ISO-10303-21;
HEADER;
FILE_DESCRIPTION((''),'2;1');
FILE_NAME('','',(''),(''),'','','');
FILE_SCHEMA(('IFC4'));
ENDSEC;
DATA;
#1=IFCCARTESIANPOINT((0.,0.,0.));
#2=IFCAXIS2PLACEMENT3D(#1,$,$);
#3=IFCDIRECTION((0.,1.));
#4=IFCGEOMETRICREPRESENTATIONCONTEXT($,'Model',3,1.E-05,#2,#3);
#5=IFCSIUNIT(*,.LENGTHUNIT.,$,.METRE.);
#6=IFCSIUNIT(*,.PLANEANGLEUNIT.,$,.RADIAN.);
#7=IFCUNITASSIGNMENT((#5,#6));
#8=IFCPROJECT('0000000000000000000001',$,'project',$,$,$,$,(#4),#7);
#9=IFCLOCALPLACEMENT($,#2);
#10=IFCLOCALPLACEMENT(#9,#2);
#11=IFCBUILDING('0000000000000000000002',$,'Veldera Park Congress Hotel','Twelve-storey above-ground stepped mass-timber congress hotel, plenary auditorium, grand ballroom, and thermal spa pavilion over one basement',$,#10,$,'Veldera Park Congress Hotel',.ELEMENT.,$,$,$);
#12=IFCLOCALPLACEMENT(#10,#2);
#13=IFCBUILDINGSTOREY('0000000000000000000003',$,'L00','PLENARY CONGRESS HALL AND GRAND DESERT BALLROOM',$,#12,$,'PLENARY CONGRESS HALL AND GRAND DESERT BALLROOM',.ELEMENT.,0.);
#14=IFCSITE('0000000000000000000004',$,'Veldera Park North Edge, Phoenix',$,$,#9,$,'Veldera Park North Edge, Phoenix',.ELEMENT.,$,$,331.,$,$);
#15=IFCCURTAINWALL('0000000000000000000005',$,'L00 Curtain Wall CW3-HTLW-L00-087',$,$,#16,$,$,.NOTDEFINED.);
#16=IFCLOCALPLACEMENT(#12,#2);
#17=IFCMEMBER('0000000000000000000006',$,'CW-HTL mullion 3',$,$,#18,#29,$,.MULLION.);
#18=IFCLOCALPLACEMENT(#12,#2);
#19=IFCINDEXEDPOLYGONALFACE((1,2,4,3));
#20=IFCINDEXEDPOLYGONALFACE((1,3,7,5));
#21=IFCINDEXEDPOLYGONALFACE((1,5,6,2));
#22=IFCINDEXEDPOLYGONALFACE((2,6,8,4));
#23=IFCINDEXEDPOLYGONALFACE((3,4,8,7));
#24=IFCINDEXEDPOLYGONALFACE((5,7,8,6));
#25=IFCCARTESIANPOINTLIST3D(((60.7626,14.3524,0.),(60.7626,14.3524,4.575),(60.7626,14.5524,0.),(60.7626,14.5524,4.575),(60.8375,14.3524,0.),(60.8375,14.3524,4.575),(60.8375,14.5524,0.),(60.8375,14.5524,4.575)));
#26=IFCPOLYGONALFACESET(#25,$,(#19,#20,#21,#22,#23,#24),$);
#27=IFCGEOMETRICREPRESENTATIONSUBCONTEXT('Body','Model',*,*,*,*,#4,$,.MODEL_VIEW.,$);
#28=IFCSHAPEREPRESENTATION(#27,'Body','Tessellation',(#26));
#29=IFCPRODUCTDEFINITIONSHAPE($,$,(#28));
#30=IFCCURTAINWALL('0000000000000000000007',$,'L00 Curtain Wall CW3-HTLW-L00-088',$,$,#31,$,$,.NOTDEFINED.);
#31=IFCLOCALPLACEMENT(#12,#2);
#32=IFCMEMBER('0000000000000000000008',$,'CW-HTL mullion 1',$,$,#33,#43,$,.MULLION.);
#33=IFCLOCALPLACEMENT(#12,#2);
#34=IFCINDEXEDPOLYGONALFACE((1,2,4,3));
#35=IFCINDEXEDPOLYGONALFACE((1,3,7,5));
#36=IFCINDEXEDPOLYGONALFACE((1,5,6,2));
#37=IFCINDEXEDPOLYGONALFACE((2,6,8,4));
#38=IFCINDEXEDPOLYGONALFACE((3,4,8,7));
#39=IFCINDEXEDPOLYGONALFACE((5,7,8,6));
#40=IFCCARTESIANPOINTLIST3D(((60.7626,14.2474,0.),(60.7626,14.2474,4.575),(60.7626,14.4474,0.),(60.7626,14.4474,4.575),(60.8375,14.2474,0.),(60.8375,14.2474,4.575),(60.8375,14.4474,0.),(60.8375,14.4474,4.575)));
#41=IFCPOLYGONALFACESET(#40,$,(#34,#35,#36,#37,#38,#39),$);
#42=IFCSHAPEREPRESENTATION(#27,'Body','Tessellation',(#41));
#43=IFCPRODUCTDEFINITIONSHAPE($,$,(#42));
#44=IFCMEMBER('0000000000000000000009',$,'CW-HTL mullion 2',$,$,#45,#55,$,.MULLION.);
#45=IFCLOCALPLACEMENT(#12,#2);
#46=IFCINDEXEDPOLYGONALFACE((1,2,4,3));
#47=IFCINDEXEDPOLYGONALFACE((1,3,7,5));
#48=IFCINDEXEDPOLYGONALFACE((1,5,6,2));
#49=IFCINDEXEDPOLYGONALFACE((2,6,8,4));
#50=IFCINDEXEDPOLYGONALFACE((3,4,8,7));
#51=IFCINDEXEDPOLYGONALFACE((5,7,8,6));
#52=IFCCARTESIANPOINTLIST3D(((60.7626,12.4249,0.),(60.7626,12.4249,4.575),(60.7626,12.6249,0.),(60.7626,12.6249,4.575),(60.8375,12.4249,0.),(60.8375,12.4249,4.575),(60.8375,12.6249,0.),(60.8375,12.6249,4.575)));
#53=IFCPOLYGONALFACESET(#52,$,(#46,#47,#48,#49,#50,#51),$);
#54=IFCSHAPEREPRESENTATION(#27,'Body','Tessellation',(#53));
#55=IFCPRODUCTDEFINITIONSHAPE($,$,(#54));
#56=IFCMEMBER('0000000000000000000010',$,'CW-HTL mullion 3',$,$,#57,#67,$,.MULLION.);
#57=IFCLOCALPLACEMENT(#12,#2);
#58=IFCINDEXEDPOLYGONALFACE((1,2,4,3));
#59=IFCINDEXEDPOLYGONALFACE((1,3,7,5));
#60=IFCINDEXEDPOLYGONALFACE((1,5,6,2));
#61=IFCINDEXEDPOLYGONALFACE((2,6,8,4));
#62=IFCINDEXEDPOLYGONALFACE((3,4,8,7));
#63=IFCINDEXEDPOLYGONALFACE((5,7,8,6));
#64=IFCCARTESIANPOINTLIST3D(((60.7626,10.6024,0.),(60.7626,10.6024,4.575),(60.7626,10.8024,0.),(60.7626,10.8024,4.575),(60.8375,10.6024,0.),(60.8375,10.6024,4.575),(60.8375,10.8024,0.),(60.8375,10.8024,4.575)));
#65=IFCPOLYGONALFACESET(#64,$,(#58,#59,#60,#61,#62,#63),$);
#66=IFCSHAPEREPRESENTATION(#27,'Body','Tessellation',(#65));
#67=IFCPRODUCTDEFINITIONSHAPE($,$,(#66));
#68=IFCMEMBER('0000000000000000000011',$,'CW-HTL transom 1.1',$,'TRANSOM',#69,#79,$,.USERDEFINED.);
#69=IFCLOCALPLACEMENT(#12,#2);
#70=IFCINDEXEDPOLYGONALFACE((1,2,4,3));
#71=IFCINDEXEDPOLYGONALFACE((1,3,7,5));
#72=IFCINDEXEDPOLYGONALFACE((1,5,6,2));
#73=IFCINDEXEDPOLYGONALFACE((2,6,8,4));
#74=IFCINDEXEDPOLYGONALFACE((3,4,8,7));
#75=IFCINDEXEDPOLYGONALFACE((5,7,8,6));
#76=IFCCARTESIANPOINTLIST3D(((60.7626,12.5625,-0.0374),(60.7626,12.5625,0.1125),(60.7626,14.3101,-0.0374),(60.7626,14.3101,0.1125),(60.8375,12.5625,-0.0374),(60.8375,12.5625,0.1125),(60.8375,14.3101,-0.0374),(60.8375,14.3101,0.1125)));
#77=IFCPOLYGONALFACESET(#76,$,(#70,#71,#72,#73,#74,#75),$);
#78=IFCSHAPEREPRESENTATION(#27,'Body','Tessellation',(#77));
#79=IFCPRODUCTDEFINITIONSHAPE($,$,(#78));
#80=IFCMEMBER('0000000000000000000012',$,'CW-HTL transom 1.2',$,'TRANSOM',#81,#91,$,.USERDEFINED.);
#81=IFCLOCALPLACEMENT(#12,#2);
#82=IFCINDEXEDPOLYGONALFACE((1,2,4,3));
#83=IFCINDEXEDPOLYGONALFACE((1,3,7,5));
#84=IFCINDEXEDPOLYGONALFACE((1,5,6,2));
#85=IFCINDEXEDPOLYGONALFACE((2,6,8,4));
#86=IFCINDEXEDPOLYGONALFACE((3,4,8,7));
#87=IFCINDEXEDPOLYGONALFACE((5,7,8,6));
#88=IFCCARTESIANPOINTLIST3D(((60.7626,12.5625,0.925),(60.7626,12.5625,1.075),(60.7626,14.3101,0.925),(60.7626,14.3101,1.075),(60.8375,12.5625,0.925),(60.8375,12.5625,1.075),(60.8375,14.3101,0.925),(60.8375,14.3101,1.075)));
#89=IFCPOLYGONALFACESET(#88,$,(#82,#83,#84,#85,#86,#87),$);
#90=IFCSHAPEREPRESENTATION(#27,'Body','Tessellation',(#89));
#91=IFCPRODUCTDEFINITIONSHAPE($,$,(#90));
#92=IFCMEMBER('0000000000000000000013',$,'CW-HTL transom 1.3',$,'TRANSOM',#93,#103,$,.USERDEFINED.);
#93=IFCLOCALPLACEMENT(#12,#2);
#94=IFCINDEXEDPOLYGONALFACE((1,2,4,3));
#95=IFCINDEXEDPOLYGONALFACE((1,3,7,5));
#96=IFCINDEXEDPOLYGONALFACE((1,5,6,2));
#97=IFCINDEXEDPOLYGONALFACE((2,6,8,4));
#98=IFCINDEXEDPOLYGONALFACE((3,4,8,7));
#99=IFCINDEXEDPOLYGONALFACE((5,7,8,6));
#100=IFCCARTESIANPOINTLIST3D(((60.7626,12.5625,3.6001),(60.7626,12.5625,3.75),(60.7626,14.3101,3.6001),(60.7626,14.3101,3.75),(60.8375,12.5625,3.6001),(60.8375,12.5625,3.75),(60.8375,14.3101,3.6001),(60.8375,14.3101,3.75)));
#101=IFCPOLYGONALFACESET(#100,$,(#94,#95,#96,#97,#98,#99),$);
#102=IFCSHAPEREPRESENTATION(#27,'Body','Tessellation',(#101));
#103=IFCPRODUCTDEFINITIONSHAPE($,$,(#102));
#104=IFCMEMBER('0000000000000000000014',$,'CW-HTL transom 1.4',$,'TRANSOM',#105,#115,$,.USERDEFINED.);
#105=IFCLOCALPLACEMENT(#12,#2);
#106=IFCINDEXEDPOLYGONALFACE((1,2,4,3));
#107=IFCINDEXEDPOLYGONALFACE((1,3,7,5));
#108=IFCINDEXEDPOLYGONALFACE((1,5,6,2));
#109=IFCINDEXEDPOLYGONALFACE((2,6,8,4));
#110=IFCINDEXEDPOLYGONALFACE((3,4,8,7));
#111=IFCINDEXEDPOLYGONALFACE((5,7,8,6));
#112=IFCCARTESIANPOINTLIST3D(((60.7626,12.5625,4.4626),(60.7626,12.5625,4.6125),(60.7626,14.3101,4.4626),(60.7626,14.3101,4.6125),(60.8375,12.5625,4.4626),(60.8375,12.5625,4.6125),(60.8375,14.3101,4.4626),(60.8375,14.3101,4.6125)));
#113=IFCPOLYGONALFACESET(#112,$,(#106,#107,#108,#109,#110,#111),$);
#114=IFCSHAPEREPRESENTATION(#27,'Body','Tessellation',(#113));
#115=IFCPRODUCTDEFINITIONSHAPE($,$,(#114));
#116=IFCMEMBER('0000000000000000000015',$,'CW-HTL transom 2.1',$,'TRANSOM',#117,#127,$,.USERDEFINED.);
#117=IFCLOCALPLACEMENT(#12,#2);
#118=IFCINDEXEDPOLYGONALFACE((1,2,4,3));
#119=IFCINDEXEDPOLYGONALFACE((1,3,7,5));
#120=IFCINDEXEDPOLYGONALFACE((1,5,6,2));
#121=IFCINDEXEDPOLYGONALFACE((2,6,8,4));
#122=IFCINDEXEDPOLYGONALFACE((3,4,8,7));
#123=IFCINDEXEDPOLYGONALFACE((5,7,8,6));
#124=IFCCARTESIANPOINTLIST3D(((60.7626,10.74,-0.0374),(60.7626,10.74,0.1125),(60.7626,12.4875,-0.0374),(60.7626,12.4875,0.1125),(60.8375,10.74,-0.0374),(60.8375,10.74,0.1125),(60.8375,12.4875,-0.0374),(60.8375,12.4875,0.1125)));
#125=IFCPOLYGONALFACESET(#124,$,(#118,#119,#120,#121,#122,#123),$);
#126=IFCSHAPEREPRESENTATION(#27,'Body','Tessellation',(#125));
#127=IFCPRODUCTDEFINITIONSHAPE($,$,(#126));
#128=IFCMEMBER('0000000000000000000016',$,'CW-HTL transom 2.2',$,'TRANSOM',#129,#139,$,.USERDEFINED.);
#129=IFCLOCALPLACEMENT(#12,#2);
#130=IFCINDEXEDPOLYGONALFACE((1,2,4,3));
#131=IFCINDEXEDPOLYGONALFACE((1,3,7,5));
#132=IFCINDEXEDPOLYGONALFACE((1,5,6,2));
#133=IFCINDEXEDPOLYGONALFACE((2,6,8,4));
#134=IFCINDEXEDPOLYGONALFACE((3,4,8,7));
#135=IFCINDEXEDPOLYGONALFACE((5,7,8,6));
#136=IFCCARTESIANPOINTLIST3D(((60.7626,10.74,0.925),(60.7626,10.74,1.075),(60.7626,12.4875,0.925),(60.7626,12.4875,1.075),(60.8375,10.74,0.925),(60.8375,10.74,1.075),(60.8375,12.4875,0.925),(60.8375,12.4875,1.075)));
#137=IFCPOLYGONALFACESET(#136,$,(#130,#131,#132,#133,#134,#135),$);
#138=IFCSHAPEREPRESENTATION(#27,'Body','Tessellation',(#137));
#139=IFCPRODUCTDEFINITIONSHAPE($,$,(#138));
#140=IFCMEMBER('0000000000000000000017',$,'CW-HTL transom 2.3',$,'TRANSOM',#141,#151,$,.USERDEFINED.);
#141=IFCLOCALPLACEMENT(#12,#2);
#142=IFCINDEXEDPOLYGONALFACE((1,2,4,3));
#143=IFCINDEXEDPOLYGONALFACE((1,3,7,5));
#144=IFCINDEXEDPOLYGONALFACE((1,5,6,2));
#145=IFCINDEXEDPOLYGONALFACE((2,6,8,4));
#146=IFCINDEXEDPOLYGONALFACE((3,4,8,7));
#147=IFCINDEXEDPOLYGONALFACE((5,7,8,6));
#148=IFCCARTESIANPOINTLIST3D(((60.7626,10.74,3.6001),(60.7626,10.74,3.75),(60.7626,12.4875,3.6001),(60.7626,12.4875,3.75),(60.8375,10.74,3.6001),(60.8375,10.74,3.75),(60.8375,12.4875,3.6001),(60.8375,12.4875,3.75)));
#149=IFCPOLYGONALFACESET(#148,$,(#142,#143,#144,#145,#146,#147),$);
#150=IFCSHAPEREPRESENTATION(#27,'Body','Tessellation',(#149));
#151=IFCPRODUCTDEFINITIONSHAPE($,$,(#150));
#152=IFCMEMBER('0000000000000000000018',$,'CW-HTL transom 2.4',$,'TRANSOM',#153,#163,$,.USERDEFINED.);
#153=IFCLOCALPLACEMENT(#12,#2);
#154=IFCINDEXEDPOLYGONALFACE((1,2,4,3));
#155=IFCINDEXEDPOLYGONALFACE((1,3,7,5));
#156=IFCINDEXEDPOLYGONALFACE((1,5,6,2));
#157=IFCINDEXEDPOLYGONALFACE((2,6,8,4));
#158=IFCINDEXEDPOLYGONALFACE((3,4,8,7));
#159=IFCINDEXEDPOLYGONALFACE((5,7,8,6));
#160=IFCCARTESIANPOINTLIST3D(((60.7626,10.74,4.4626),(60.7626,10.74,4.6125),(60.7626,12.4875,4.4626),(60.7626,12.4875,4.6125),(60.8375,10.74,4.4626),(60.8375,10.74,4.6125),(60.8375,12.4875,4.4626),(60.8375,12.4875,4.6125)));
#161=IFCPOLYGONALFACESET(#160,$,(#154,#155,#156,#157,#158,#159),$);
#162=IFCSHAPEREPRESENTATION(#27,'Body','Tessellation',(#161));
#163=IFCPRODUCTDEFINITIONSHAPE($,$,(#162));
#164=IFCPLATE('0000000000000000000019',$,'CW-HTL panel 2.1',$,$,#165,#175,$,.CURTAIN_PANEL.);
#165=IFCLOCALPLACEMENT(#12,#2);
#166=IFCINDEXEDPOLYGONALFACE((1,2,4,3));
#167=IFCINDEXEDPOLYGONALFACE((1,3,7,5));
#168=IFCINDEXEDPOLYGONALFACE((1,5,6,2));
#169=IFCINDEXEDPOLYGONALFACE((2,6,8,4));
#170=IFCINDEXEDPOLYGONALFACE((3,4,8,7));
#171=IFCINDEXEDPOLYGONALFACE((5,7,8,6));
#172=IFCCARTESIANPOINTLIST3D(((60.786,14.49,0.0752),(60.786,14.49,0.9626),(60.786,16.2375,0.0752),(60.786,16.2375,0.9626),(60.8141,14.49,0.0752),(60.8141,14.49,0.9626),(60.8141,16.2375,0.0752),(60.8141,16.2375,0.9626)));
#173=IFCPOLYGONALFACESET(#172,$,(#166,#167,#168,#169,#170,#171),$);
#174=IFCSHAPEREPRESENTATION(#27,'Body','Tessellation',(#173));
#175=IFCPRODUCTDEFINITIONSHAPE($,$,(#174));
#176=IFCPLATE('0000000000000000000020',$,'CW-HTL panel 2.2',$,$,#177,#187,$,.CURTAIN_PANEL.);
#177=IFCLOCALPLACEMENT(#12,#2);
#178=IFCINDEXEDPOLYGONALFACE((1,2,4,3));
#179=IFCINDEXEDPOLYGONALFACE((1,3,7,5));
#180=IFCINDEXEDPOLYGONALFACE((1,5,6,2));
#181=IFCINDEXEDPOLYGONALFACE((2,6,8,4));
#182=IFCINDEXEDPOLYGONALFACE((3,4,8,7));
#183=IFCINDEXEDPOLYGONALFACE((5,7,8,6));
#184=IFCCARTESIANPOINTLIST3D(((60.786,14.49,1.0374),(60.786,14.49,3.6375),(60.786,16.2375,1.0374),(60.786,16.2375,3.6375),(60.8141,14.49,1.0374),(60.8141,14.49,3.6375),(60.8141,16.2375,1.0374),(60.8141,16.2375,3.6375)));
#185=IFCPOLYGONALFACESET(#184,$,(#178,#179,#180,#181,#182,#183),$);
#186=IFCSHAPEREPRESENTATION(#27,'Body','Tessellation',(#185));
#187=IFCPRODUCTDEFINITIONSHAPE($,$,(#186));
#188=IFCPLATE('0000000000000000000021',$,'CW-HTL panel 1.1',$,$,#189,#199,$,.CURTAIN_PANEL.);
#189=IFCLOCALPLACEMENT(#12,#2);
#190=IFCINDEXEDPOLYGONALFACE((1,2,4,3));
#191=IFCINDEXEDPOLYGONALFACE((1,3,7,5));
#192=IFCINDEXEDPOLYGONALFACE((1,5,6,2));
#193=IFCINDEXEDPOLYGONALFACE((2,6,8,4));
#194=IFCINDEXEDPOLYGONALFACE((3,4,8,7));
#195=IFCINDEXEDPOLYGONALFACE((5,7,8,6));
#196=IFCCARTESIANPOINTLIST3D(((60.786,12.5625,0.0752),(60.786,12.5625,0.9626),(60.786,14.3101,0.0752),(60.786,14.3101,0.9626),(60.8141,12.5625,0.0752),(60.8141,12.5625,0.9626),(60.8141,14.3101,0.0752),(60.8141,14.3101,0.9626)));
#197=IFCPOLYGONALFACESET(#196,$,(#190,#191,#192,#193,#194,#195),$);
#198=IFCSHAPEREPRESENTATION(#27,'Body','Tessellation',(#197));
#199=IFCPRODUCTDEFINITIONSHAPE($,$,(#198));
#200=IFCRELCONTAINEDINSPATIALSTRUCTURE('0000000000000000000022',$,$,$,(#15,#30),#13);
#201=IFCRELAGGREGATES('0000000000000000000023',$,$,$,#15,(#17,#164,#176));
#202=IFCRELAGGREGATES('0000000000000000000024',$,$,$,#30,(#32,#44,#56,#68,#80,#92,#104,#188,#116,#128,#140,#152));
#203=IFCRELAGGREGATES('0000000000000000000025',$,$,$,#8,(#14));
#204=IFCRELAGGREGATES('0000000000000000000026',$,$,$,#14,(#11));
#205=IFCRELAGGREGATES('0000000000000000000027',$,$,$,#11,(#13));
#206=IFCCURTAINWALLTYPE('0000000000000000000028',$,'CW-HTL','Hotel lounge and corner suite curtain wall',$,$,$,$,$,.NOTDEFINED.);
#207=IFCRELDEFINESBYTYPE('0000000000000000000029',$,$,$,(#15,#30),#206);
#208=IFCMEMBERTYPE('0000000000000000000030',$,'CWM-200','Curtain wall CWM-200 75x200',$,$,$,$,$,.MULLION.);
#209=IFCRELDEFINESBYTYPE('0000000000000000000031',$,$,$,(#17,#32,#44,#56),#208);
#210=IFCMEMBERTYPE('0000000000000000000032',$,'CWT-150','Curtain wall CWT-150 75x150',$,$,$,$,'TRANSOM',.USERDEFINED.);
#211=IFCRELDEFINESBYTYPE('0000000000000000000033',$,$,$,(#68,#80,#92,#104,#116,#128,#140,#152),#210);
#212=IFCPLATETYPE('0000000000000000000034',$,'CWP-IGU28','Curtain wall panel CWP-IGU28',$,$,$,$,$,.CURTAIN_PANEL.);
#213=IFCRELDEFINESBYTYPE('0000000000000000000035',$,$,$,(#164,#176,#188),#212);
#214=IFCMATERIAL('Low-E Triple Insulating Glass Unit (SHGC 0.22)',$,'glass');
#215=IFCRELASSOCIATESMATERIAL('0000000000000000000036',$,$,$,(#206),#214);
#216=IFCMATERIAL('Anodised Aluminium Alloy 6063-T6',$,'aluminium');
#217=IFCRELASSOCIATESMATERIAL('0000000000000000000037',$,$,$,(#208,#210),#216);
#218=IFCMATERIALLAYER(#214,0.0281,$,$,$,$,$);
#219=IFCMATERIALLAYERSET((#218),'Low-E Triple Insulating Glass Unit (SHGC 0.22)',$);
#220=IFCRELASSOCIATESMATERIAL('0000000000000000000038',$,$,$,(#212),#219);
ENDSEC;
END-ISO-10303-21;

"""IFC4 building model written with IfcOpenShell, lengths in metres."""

from ifc_helpers import new_model, si_unit, direction, frame, origin, origin_2d, place, context, subcontext, project, spatial, rectangle, extrude, material, layer, layer_set, material_profile, profile_set, type_object, element, aggregate, save


model = new_model("IFC4")

# Units and contexts
model_context = context("Model", 3, precision=1e-05, world=origin(), true_north=direction((0.0, 1.0)))
body_context = subcontext(model_context, "Body", "Model", "MODEL_VIEW")
ifc_project = project(units=[si_unit("LENGTHUNIT", "METRE"), si_unit("PLANEANGLEUNIT", "RADIAN")], contexts=[model_context])

# Site, building, storey
site_placement = place(None, origin())
site = spatial("IfcSite", under=ifc_project, at=site_placement, Name="Veldera Park North Edge, Phoenix", LongName="Veldera Park North Edge, Phoenix", CompositionType="ELEMENT", RefElevation=331.0)
building_placement = place(site_placement, origin())
building = spatial("IfcBuilding", under=site, at=building_placement, Name="Veldera Park Congress Hotel", Description="Twelve-storey above-ground stepped mass-timber congress hotel, plenary auditorium, grand ballroom, and thermal spa pavilion over one basement", LongName="Veldera Park Congress Hotel", CompositionType="ELEMENT")
storey_placement = place(building_placement, origin())
storey = spatial("IfcBuildingStorey", under=building, at=storey_placement, Name="L00", Description="PLENARY CONGRESS HALL AND GRAND DESERT BALLROOM", LongName="PLENARY CONGRESS HALL AND GRAND DESERT BALLROOM", CompositionType="ELEMENT", Elevation=0.0)

# Curtain wall, member
ifc_material_1 = material(Name="Low-E Triple Insulating Glass Unit (SHGC 0.22)", Category="glass")
curtain_wall_type = type_object("IfcCurtainWallType", Name="CW-HTL", Description="Hotel lounge and corner suite curtain wall", PredefinedType="NOTDEFINED", material=ifc_material_1)
curtain_wall_1_placement = place(storey_placement, origin())
curtain_wall_1 = element("IfcCurtainWall", 1, at=curtain_wall_1_placement, inside=storey, type_object=curtain_wall_type, Name="L00 Curtain Wall CW3-HTLW-L00-087", PredefinedType="NOTDEFINED")
ifc_material_2 = material(Name="Anodised Aluminium Alloy 6063-T6", Category="aluminium")
ifc_material_profile_1 = material_profile(ifc_material_2, rectangle(XDim=0.075, YDim=0.2, at=origin_2d()), Name="ALU 75x200")
ifc_profile_set_1 = profile_set([ifc_material_profile_1], Name="Anodised Aluminium Alloy 6063-T6")
member_type_1 = type_object("IfcMemberType", Name="CWM-200", Description="Curtain wall CWM-200 75x200", PredefinedType="MULLION", material=ifc_profile_set_1)
member_1_placement = place(storey_placement, frame((60.8, 14.4524, 0.0), z_axis=(0.0, 0.0, 1.0), x_axis=(1.0, 0.0, 0.0)))
member_1 = element("IfcMember", 2, at=member_1_placement, type_object=member_type_1, Name="CW-HTL mullion 3", PredefinedType="MULLION", context=body_context, shape_type="SweptSolid", body=[
    extrude(rectangle(XDim=0.075, YDim=0.2, at=origin_2d()), origin(), (0.0, 0.0, 1.0), 4.575),
])

# Curtain wall, members
curtain_wall_2_placement = place(storey_placement, origin())
curtain_wall_2 = element("IfcCurtainWall", 3, at=curtain_wall_2_placement, inside=storey, type_object=curtain_wall_type, Name="L00 Curtain Wall CW3-HTLW-L00-088", PredefinedType="NOTDEFINED")
member_2_placement = place(storey_placement, frame((60.8, 14.3474, 0.0), z_axis=(0.0, 0.0, 1.0), x_axis=(1.0, 0.0, 0.0)))
member_2 = element("IfcMember", 4, at=member_2_placement, type_object=member_type_1, Name="CW-HTL mullion 1", PredefinedType="MULLION", context=body_context, shape_type="SweptSolid", body=[
    extrude(rectangle(XDim=0.075, YDim=0.2, at=origin_2d()), origin(), (0.0, 0.0, 1.0), 4.575),
])
member_3_placement = place(storey_placement, frame((60.8, 12.5249, 0.0), z_axis=(0.0, 0.0, 1.0), x_axis=(1.0, 0.0, 0.0)))
member_3 = element("IfcMember", 5, at=member_3_placement, type_object=member_type_1, Name="CW-HTL mullion 2", PredefinedType="MULLION", context=body_context, shape_type="SweptSolid", body=[
    extrude(rectangle(XDim=0.075, YDim=0.2, at=origin_2d()), origin(), (0.0, 0.0, 1.0), 4.575),
])
member_4_placement = place(storey_placement, frame((60.8, 10.7024, 0.0), z_axis=(0.0, 0.0, 1.0), x_axis=(1.0, 0.0, 0.0)))
member_4 = element("IfcMember", 6, at=member_4_placement, type_object=member_type_1, Name="CW-HTL mullion 3", PredefinedType="MULLION", context=body_context, shape_type="SweptSolid", body=[
    extrude(rectangle(XDim=0.075, YDim=0.2, at=origin_2d()), origin(), (0.0, 0.0, 1.0), 4.575),
])
ifc_material_profile_2 = material_profile(ifc_material_2, rectangle(XDim=0.075, YDim=0.1499, at=origin_2d()), Name="ALU 75x150")
ifc_profile_set_2 = profile_set([ifc_material_profile_2], Name="Anodised Aluminium Alloy 6063-T6")
member_type_2 = type_object("IfcMemberType", Name="CWT-150", Description="Curtain wall CWT-150 75x150", ElementType="TRANSOM", PredefinedType="USERDEFINED", material=ifc_profile_set_2)
member_5_placement = place(storey_placement, frame((60.8, 14.3101, 0.0376), z_axis=(0.0, -1.0, 0.0), x_axis=(1.0, 0.0, 0.0)))
member_5 = element("IfcMember", 7, at=member_5_placement, type_object=member_type_2, Name="CW-HTL transom 1.1", ObjectType="TRANSOM", PredefinedType="USERDEFINED", context=body_context, shape_type="SweptSolid", body=[
    extrude(rectangle(XDim=0.075, YDim=0.1499, at=origin_2d()), origin(), (0.0, 0.0, 1.0), 1.7476),
])
member_6_placement = place(storey_placement, frame((60.8, 14.3101, 1.0), z_axis=(0.0, -1.0, 0.0), x_axis=(1.0, 0.0, 0.0)))
member_6 = element("IfcMember", 8, at=member_6_placement, type_object=member_type_2, Name="CW-HTL transom 1.2", ObjectType="TRANSOM", PredefinedType="USERDEFINED", context=body_context, shape_type="SweptSolid", body=[
    extrude(rectangle(XDim=0.075, YDim=0.1499, at=origin_2d()), origin(), (0.0, 0.0, 1.0), 1.7476),
])
member_7_placement = place(storey_placement, frame((60.8, 14.3101, 3.675), z_axis=(0.0, -1.0, 0.0), x_axis=(1.0, 0.0, 0.0)))
member_7 = element("IfcMember", 9, at=member_7_placement, type_object=member_type_2, Name="CW-HTL transom 1.3", ObjectType="TRANSOM", PredefinedType="USERDEFINED", context=body_context, shape_type="SweptSolid", body=[
    extrude(rectangle(XDim=0.075, YDim=0.1499, at=origin_2d()), origin(), (0.0, 0.0, 1.0), 1.7476),
])
member_8_placement = place(storey_placement, frame((60.8, 14.3101, 4.5376), z_axis=(0.0, -1.0, 0.0), x_axis=(1.0, 0.0, 0.0)))
member_8 = element("IfcMember", 10, at=member_8_placement, type_object=member_type_2, Name="CW-HTL transom 1.4", ObjectType="TRANSOM", PredefinedType="USERDEFINED", context=body_context, shape_type="SweptSolid", body=[
    extrude(rectangle(XDim=0.075, YDim=0.1499, at=origin_2d()), origin(), (0.0, 0.0, 1.0), 1.7476),
])
member_9_placement = place(storey_placement, frame((60.8, 12.4875, 0.0376), z_axis=(0.0, -1.0, 0.0), x_axis=(1.0, 0.0, 0.0)))
member_9 = element("IfcMember", 11, at=member_9_placement, type_object=member_type_2, Name="CW-HTL transom 2.1", ObjectType="TRANSOM", PredefinedType="USERDEFINED", context=body_context, shape_type="SweptSolid", body=[
    extrude(rectangle(XDim=0.075, YDim=0.1499, at=origin_2d()), origin(), (0.0, 0.0, 1.0), 1.7476),
])
member_10_placement = place(storey_placement, frame((60.8, 12.4875, 1.0), z_axis=(0.0, -1.0, 0.0), x_axis=(1.0, 0.0, 0.0)))
member_10 = element("IfcMember", 12, at=member_10_placement, type_object=member_type_2, Name="CW-HTL transom 2.2", ObjectType="TRANSOM", PredefinedType="USERDEFINED", context=body_context, shape_type="SweptSolid", body=[
    extrude(rectangle(XDim=0.075, YDim=0.1499, at=origin_2d()), origin(), (0.0, 0.0, 1.0), 1.7476),
])
member_11_placement = place(storey_placement, frame((60.8, 12.4875, 3.675), z_axis=(0.0, -1.0, 0.0), x_axis=(1.0, 0.0, 0.0)))
member_11 = element("IfcMember", 13, at=member_11_placement, type_object=member_type_2, Name="CW-HTL transom 2.3", ObjectType="TRANSOM", PredefinedType="USERDEFINED", context=body_context, shape_type="SweptSolid", body=[
    extrude(rectangle(XDim=0.075, YDim=0.1499, at=origin_2d()), origin(), (0.0, 0.0, 1.0), 1.7476),
])
member_12_placement = place(storey_placement, frame((60.8, 12.4875, 4.5376), z_axis=(0.0, -1.0, 0.0), x_axis=(1.0, 0.0, 0.0)))
member_12 = element("IfcMember", 14, at=member_12_placement, type_object=member_type_2, Name="CW-HTL transom 2.4", ObjectType="TRANSOM", PredefinedType="USERDEFINED", context=body_context, shape_type="SweptSolid", body=[
    extrude(rectangle(XDim=0.075, YDim=0.1499, at=origin_2d()), origin(), (0.0, 0.0, 1.0), 1.7476),
])

# Plates
ifc_layer = layer(ifc_material_1, 0.0281)
ifc_layer_set = layer_set([ifc_layer], Name="Low-E Triple Insulating Glass Unit (SHGC 0.22)")
plate_type = type_object("IfcPlateType", Name="CWP-IGU28", Description="Curtain wall panel CWP-IGU28", PredefinedType="CURTAIN_PANEL", material=ifc_layer_set)
plate_1_placement = place(storey_placement, frame((60.8, 15.3638, 0.0752), z_axis=(0.0, 0.0, 1.0), x_axis=(0.0, -1.0, 0.0)))
plate_1 = element("IfcPlate", 15, at=plate_1_placement, type_object=plate_type, Name="CW-HTL panel 2.1", PredefinedType="CURTAIN_PANEL", context=body_context, shape_type="SweptSolid", body=[
    extrude(rectangle(XDim=1.7476, YDim=0.0281, at=origin_2d()), origin(), (0.0, 0.0, 1.0), 0.8875),
])
plate_2_placement = place(storey_placement, frame((60.8, 15.3638, 1.0374), z_axis=(0.0, 0.0, 1.0), x_axis=(0.0, -1.0, 0.0)))
plate_2 = element("IfcPlate", 16, at=plate_2_placement, type_object=plate_type, Name="CW-HTL panel 2.2", PredefinedType="CURTAIN_PANEL", context=body_context, shape_type="SweptSolid", body=[
    extrude(rectangle(XDim=1.7476, YDim=0.0281, at=origin_2d()), origin(), (0.0, 0.0, 1.0), 2.6001),
])
aggregate(curtain_wall_1, [member_1, plate_1, plate_2])
plate_3_placement = place(storey_placement, frame((60.8, 13.4363, 0.0752), z_axis=(0.0, 0.0, 1.0), x_axis=(0.0, -1.0, 0.0)))
plate_3 = element("IfcPlate", 17, at=plate_3_placement, type_object=plate_type, Name="CW-HTL panel 1.1", PredefinedType="CURTAIN_PANEL", context=body_context, shape_type="SweptSolid", body=[
    extrude(rectangle(XDim=1.7476, YDim=0.0281, at=origin_2d()), origin(), (0.0, 0.0, 1.0), 0.8875),
])
aggregate(curtain_wall_2, [member_2, member_3, member_4, member_5, member_6, member_7, member_8, plate_3, member_9, member_10, member_11, member_12])

save(model, "model.ifc")
